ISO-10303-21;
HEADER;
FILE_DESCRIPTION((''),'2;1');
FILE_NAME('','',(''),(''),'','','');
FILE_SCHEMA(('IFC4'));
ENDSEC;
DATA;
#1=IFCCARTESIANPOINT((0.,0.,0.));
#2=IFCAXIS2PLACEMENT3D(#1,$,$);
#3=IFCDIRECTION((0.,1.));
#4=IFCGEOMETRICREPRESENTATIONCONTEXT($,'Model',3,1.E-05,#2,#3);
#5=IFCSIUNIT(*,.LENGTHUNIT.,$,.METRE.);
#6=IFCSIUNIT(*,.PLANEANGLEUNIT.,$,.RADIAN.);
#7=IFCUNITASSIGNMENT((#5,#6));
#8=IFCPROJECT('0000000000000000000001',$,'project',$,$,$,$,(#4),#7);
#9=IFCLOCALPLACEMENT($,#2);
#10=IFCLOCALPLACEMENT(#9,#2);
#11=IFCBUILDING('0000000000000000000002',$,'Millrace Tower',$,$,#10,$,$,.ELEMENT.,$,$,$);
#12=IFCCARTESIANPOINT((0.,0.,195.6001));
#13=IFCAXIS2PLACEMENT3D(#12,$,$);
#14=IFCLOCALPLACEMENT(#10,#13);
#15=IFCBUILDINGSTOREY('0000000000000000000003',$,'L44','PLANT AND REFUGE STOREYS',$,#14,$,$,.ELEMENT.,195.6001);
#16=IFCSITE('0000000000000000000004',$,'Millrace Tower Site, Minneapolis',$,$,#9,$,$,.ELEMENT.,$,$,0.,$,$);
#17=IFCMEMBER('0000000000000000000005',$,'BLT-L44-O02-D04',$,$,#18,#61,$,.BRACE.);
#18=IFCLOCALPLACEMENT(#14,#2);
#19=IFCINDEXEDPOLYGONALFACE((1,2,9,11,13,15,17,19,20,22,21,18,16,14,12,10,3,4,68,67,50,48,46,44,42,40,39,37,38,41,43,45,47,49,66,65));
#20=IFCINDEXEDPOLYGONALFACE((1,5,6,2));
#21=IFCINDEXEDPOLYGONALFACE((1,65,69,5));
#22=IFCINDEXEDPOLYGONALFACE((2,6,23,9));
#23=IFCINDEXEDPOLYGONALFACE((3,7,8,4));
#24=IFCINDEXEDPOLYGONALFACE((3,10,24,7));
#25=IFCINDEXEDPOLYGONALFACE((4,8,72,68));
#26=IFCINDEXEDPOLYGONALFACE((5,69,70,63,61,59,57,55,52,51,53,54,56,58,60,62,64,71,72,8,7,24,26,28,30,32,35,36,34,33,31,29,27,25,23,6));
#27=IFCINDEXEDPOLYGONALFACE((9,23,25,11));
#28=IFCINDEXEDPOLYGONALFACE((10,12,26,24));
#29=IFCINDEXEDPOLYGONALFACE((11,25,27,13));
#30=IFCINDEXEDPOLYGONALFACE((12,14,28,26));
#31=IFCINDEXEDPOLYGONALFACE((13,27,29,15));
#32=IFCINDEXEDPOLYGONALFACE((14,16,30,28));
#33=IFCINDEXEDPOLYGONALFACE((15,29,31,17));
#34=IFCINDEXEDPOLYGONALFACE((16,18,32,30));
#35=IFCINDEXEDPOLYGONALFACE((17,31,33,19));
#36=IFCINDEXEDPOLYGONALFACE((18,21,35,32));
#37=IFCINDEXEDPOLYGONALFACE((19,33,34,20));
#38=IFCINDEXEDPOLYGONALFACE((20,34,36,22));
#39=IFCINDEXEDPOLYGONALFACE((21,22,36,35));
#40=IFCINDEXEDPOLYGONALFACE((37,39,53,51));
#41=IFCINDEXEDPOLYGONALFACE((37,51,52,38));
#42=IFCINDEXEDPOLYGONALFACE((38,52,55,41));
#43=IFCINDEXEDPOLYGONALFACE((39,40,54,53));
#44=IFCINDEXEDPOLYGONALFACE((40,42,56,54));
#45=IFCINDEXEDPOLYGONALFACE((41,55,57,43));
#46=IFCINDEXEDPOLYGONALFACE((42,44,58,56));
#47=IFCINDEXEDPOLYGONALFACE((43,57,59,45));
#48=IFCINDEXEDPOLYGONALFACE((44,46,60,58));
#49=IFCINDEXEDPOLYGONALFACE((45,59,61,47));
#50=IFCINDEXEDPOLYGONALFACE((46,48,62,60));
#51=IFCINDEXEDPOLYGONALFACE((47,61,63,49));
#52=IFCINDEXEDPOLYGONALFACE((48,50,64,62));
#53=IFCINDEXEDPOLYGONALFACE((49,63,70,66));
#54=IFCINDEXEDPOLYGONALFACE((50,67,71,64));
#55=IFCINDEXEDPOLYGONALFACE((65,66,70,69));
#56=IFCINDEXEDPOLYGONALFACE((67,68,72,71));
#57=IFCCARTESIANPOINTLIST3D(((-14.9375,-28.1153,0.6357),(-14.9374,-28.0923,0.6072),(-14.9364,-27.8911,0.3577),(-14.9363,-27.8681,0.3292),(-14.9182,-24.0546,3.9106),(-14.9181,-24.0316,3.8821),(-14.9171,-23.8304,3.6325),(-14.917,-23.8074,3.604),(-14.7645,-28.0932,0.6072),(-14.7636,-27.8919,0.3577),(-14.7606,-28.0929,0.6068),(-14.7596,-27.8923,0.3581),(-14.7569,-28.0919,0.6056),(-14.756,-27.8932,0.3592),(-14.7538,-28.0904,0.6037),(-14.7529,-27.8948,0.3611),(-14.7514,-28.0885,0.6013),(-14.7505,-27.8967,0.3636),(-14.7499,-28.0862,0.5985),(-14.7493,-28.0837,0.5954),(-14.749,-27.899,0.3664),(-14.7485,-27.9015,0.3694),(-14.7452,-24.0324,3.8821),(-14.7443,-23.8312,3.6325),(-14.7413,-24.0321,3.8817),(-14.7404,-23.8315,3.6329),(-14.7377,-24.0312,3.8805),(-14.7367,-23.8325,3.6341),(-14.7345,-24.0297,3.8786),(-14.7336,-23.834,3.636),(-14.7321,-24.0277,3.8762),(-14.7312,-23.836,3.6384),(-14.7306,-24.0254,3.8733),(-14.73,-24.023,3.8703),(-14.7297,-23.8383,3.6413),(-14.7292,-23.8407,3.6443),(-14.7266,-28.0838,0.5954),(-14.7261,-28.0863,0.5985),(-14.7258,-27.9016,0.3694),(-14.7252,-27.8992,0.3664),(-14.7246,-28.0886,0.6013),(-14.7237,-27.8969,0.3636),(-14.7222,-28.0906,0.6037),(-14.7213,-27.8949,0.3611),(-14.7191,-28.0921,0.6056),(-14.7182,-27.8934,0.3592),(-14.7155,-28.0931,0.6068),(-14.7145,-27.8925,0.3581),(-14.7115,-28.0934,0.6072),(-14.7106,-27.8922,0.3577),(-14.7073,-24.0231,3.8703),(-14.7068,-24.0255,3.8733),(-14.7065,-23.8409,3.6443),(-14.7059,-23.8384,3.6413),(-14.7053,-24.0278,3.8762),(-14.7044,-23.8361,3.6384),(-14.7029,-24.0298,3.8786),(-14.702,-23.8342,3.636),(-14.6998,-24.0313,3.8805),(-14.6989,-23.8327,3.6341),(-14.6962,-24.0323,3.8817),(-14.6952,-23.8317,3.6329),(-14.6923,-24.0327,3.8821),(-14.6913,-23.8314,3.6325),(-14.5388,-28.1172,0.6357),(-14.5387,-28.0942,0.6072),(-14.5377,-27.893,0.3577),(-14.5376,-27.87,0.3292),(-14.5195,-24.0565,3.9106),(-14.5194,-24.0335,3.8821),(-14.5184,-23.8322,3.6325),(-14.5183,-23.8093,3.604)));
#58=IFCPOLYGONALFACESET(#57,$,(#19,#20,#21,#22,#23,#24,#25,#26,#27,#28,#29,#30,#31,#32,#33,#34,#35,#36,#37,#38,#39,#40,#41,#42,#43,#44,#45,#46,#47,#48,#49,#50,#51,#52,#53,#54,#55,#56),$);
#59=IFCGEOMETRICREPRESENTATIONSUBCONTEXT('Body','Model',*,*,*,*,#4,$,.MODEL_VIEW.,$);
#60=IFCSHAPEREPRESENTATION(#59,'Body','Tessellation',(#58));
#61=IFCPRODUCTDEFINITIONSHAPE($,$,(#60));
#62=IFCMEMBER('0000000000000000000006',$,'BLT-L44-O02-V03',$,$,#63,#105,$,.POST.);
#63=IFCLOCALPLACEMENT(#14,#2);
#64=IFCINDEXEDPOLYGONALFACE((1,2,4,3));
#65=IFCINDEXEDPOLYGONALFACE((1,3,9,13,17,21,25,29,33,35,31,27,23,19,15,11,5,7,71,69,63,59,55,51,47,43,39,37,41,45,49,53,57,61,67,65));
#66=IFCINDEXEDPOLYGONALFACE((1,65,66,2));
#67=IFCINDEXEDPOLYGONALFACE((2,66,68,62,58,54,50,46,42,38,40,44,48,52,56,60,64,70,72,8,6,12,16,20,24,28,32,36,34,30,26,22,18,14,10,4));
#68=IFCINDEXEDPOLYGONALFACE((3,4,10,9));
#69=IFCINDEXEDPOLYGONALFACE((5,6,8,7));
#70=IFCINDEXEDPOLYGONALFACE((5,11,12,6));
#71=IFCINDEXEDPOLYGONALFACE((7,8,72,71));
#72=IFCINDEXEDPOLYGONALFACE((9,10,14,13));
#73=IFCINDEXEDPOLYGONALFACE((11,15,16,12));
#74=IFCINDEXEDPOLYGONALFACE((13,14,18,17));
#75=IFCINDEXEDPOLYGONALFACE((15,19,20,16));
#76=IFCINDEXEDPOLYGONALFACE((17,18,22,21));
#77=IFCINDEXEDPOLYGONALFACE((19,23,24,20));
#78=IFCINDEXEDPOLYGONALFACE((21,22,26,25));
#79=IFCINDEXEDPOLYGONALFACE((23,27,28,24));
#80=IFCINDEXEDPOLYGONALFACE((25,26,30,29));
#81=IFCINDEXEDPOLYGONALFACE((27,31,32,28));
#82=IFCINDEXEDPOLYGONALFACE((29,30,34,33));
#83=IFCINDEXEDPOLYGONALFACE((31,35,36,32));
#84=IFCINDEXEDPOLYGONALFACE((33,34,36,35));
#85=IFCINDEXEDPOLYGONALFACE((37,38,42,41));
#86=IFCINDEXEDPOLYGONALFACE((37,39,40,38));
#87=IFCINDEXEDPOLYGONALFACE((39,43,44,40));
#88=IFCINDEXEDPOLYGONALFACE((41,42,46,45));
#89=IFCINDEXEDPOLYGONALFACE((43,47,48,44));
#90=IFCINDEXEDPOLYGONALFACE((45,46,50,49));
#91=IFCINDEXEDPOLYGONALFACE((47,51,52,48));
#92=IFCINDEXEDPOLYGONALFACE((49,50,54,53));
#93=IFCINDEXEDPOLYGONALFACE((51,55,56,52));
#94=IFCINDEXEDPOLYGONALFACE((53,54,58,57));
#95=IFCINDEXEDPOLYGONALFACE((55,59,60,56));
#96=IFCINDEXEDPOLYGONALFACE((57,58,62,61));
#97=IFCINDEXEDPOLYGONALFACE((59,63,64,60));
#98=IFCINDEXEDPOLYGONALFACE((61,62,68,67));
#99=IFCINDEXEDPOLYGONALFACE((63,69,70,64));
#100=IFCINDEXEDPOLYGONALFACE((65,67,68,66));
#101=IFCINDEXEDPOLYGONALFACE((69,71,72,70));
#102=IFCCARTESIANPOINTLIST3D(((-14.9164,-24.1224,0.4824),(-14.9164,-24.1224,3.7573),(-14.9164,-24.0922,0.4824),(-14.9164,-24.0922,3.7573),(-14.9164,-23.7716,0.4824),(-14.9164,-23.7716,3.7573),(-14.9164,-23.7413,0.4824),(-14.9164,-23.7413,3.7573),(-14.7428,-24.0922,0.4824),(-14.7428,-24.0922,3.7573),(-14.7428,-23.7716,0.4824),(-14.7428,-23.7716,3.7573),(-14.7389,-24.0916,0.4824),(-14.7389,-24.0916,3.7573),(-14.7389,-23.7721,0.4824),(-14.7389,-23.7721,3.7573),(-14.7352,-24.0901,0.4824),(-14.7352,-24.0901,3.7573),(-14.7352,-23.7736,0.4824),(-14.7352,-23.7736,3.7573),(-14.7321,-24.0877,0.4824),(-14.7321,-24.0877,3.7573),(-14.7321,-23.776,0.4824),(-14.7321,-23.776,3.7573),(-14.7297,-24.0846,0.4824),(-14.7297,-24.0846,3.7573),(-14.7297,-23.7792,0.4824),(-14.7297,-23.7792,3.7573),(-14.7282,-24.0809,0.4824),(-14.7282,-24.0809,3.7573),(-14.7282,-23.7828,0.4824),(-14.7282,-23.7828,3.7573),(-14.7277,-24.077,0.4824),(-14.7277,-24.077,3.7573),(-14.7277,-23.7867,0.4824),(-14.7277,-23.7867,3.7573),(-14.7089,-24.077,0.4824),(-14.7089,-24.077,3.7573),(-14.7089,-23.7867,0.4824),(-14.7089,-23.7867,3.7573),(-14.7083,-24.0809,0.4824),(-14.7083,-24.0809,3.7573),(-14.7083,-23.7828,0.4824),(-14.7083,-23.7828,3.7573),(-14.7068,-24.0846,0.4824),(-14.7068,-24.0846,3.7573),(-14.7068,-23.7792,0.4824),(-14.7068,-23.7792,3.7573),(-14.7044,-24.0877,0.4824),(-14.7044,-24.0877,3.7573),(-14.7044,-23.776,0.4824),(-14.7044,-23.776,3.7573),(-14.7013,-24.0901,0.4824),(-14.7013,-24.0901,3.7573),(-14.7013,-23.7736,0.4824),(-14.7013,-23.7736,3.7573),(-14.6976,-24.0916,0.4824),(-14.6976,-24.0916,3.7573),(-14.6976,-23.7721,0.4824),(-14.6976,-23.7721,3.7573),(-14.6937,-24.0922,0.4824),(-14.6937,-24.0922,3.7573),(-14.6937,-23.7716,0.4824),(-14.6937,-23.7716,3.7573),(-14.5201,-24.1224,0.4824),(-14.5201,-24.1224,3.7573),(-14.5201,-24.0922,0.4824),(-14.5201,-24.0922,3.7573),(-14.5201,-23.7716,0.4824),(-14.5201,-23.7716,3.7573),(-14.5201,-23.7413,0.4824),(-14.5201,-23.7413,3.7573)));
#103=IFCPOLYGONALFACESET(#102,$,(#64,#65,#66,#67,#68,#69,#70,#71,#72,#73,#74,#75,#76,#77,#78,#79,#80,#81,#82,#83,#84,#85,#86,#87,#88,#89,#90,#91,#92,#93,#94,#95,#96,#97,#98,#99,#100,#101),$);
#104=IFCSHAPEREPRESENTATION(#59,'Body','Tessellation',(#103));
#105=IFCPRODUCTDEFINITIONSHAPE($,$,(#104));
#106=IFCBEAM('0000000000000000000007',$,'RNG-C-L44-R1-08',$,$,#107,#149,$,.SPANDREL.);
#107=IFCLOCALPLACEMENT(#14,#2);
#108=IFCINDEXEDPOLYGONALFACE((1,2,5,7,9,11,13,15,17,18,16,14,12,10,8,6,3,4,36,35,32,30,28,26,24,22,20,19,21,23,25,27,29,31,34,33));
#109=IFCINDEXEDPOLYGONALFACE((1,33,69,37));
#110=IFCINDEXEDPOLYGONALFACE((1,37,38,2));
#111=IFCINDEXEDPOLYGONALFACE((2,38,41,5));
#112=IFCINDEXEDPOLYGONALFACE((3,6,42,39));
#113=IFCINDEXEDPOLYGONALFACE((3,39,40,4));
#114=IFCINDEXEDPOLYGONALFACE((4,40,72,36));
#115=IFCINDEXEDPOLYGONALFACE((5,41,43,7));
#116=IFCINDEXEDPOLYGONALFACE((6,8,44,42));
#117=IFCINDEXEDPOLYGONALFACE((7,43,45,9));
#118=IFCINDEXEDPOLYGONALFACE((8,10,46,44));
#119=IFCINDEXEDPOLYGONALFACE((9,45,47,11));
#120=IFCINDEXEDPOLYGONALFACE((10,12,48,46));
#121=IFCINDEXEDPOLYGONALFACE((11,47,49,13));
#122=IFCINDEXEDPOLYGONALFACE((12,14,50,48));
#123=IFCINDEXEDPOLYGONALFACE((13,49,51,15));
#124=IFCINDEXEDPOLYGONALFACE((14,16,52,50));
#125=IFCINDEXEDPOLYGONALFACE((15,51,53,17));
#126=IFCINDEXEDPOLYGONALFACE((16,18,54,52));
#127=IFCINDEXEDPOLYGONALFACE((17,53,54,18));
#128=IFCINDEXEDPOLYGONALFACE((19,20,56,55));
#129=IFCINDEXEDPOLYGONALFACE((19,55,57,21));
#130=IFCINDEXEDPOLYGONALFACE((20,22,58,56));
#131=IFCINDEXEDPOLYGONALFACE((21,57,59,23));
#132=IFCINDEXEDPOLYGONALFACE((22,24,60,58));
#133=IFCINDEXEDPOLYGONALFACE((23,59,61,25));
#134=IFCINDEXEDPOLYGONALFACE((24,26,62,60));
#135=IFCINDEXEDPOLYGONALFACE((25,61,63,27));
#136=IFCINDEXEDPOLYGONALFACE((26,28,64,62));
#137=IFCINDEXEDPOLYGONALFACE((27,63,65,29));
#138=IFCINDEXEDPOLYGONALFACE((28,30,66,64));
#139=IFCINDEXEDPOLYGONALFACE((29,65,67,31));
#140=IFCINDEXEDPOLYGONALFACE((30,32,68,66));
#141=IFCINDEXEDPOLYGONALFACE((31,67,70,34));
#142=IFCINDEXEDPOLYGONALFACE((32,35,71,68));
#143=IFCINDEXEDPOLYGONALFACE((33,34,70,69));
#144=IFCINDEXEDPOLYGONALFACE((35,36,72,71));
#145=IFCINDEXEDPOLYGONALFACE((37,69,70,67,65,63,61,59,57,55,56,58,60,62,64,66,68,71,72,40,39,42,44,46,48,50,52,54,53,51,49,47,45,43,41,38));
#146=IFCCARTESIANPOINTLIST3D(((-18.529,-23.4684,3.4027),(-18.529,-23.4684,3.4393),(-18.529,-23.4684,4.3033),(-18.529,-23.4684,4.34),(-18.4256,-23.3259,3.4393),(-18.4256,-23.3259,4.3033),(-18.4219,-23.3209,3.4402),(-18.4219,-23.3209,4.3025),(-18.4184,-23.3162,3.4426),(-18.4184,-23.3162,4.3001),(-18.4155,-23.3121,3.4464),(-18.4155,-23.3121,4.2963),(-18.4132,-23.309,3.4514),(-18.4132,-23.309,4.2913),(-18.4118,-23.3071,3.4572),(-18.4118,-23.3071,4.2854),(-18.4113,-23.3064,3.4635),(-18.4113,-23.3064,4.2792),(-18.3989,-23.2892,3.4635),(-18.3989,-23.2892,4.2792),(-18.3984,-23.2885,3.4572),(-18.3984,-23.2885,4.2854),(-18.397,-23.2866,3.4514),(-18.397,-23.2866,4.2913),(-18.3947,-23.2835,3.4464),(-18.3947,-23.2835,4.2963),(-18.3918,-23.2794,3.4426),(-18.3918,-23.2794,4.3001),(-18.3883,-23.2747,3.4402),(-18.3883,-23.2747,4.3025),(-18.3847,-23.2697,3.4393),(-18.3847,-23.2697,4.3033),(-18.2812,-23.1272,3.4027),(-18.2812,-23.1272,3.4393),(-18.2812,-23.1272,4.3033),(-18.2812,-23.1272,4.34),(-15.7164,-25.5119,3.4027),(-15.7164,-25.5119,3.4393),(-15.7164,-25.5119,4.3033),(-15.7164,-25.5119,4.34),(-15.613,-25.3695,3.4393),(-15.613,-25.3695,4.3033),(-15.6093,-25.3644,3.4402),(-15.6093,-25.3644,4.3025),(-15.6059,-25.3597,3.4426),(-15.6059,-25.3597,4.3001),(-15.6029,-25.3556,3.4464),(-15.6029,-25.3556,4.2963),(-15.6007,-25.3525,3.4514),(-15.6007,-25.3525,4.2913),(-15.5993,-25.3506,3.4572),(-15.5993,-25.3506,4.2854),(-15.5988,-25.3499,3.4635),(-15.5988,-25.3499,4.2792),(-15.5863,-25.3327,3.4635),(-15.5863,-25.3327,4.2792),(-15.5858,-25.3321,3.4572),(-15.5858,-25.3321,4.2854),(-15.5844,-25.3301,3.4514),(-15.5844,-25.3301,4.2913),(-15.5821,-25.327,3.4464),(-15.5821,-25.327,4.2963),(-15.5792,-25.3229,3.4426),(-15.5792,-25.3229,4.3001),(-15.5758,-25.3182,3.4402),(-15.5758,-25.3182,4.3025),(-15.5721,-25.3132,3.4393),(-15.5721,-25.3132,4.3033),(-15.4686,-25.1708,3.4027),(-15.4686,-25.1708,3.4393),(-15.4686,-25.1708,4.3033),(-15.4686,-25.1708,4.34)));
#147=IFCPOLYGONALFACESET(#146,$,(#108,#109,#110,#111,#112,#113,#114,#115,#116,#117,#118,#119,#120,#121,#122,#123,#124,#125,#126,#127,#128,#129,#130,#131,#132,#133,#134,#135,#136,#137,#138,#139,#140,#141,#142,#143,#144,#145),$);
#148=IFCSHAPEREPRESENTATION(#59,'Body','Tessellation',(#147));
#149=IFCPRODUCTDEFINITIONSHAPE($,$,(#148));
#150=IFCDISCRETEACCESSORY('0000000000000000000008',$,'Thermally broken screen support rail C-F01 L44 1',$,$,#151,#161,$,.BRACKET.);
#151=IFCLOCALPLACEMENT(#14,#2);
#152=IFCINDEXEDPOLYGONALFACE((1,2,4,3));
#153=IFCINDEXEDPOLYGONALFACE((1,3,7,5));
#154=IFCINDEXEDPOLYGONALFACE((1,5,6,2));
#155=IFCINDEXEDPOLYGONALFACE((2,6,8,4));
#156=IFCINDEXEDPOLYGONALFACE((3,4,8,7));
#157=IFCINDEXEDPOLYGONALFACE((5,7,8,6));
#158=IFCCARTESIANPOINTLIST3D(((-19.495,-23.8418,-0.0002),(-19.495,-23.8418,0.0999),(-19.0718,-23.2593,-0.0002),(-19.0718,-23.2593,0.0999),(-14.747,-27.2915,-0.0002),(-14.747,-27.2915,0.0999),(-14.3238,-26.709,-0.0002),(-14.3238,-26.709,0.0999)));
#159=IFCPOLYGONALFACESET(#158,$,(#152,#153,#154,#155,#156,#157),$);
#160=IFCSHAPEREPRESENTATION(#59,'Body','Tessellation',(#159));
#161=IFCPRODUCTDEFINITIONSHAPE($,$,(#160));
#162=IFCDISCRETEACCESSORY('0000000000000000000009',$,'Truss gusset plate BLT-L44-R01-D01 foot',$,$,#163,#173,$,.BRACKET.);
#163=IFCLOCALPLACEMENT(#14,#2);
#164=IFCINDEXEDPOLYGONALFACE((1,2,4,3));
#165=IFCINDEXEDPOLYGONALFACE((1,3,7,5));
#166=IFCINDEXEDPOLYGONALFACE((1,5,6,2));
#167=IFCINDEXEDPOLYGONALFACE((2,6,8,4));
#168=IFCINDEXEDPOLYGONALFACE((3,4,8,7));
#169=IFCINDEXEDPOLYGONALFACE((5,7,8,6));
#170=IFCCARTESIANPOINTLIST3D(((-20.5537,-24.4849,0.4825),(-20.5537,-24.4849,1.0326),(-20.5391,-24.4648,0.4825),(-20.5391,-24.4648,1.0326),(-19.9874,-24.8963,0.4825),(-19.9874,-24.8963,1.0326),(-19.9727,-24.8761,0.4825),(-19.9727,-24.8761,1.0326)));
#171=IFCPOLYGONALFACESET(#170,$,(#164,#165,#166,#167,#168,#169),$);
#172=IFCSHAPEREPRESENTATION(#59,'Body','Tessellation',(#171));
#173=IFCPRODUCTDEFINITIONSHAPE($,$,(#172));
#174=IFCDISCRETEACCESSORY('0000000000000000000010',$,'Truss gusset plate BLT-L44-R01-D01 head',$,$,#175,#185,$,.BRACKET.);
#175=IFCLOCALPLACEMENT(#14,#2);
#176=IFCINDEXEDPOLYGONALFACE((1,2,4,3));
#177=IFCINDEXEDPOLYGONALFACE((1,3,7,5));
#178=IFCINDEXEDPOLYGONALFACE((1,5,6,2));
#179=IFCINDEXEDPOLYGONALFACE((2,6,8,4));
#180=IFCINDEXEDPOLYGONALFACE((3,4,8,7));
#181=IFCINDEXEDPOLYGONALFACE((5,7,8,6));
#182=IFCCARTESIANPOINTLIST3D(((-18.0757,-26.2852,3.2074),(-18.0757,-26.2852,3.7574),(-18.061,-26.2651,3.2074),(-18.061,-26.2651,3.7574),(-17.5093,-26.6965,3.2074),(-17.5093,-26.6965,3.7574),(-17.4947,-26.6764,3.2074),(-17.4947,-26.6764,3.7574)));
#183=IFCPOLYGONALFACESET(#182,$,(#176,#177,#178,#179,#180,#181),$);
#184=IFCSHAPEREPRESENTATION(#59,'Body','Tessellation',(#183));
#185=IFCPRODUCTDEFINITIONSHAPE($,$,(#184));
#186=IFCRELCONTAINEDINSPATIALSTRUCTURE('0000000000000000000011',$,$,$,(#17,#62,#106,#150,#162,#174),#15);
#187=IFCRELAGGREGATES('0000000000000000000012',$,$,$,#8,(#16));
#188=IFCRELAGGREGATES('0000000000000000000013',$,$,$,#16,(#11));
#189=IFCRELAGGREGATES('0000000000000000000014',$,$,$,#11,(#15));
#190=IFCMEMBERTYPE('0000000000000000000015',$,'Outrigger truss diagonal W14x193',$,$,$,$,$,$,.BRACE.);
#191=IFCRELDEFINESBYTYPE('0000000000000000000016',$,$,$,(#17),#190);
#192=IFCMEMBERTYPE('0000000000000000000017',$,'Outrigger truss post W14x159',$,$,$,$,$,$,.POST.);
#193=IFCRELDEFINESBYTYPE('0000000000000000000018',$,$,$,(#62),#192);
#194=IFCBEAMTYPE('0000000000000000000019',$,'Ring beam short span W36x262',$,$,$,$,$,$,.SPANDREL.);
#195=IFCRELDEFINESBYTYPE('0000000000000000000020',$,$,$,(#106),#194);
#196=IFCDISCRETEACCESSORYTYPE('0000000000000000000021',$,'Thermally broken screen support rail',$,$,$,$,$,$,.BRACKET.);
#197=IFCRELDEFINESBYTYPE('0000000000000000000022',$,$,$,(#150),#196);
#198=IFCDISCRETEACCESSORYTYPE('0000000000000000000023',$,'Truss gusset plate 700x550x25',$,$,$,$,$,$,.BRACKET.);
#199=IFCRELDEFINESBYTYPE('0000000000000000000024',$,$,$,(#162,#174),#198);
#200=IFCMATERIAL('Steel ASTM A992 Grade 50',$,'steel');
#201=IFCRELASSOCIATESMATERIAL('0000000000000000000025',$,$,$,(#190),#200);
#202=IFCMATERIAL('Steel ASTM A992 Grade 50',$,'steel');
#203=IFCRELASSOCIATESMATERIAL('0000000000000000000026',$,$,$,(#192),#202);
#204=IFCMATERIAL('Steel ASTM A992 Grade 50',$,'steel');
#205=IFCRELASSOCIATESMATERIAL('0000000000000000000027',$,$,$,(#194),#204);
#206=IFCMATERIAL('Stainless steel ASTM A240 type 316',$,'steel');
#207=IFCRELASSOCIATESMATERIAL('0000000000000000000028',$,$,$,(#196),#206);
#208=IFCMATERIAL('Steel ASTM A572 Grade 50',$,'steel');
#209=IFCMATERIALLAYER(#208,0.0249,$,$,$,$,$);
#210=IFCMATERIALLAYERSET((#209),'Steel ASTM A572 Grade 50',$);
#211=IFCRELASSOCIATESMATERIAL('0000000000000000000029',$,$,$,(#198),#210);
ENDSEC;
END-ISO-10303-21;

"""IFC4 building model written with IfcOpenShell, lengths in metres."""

from ifc_helpers import new_model, si_unit, direction, frame, origin, origin_2d, place, context, subcontext, project, spatial, rectangle, i_section, extrude, material, layer, layer_set, material_profile, profile_set, type_object, element, save


model = new_model("IFC4")

# Units and contexts
model_context = context("Model", 3, precision=1e-05, world=origin(), true_north=direction((0.0, 1.0)))
body_context = subcontext(model_context, "Body", "Model", "MODEL_VIEW")
ifc_project = project(units=[si_unit("LENGTHUNIT", "METRE"), si_unit("PLANEANGLEUNIT", "RADIAN")], contexts=[model_context])

# Site, building, storey
site_placement = place(None, origin())
site = spatial("IfcSite", under=ifc_project, at=site_placement, Name="Millrace Tower Site, Minneapolis", CompositionType="ELEMENT", RefElevation=0.0)
building_placement = place(site_placement, origin())
building = spatial("IfcBuilding", under=site, at=building_placement, Name="Millrace Tower", CompositionType="ELEMENT")
storey_placement = place(building_placement, frame((0.0, 0.0, 195.6001)))
storey = spatial("IfcBuildingStorey", under=building, at=storey_placement, Name="L44", Description="PLANT AND REFUGE STOREYS", CompositionType="ELEMENT", Elevation=195.6001)

# Members
ifc_material_1 = material(Name="Steel ASTM A992 Grade 50", Category="steel")
ifc_material_profile_1 = material_profile(ifc_material_1, i_section(OverallWidth=0.3987, OverallDepth=0.3938, WebThickness=0.0227, FlangeThickness=0.0366, FilletRadius=0.0151, at=origin_2d()))
ifc_profile_set_1 = profile_set([ifc_material_profile_1], Name="Steel ASTM A992 Grade 50")
member_type_1 = type_object("IfcMemberType", Name="Outrigger truss diagonal W14x193", PredefinedType="BRACE", material=ifc_profile_set_1)
member_1_placement = place(storey_placement, frame((-14.7375, -27.9927, 0.4824), z_axis=(0.003697, 0.778401, 0.627756), x_axis=(-0.999989, 0.00475, 0.0)))
element("IfcMember", 1, at=member_1_placement, inside=storey, type_object=member_type_1, Name="BLT-L44-O02-D04", PredefinedType="BRACE", context=body_context, shape_type="SweptSolid", body=[
    extrude(i_section(OverallWidth=0.3987, OverallDepth=0.3938, WebThickness=0.0227, FlangeThickness=0.0366, FilletRadius=0.0151, at=origin_2d()), origin(), (0.0, 0.0, 1.0), 5.2168),
])
ifc_material_2 = material(Name="Steel ASTM A992 Grade 50", Category="steel")
ifc_material_profile_2 = material_profile(ifc_material_2, i_section(OverallWidth=0.3962, OverallDepth=0.3811, WebThickness=0.0188, FlangeThickness=0.0303, FilletRadius=0.0151, at=origin_2d()))
ifc_profile_set_2 = profile_set([ifc_material_profile_2], Name="Steel ASTM A992 Grade 50")
member_type_2 = type_object("IfcMemberType", Name="Outrigger truss post W14x159", PredefinedType="POST", material=ifc_profile_set_2)
member_2_placement = place(storey_placement, frame((-14.7183, -23.9319, 0.4824), z_axis=(0.0, 0.0, 1.0), x_axis=(1.0, 0.0, 0.0)))
element("IfcMember", 2, at=member_2_placement, inside=storey, type_object=member_type_2, Name="BLT-L44-O02-V03", PredefinedType="POST", context=body_context, shape_type="SweptSolid", body=[
    extrude(i_section(OverallWidth=0.3962, OverallDepth=0.3811, WebThickness=0.0188, FlangeThickness=0.0303, FilletRadius=0.0151, at=origin_2d()), origin(), (0.0, 0.0, 1.0), 3.2749),
])

# Beam
ifc_material_3 = material(Name="Steel ASTM A992 Grade 50", Category="steel")
ifc_material_profile_3 = material_profile(ifc_material_3, i_section(OverallWidth=0.4216, OverallDepth=0.9373, WebThickness=0.0212, FlangeThickness=0.0366, FilletRadius=0.0242, at=origin_2d()))
ifc_profile_set_3 = profile_set([ifc_material_profile_3], Name="Steel ASTM A992 Grade 50")
beam_type_1 = type_object("IfcBeamType", Name="Ring beam short span W36x262", PredefinedType="SPANDREL", material=ifc_profile_set_3)
beam_1_placement = place(storey_placement, frame((-15.5925, -25.3413, 3.8713), z_axis=(-0.809009, 0.587796, 0.0), x_axis=(-0.587796, -0.809009, 0.0)))
element("IfcBeam", 3, at=beam_1_placement, inside=storey, type_object=beam_type_1, Name="RNG-C-L44-R1-08", PredefinedType="SPANDREL", context=body_context, shape_type="SweptSolid", body=[
    extrude(i_section(OverallWidth=0.4216, OverallDepth=0.9373, WebThickness=0.0212, FlangeThickness=0.0366, FilletRadius=0.0242, at=origin_2d()), origin(), (0.0, 0.0, 1.0), 3.4766),
])

# Discrete accessories
ifc_material_4 = material(Name="Stainless steel ASTM A240 type 316", Category="steel")
discrete_accessory_type_1 = type_object("IfcDiscreteAccessoryType", Name="Thermally broken screen support rail", PredefinedType="BRACKET", material=ifc_material_4)
discrete_accessory_1_placement = place(storey_placement, frame((-16.9094, -25.2754, -0.0002), z_axis=(0.0, 0.0, 1.0), x_axis=(0.809017, -0.587785, 0.0)))
element("IfcDiscreteAccessory", 4, at=discrete_accessory_1_placement, inside=storey, type_object=discrete_accessory_type_1, Name="Thermally broken screen support rail C-F01 L44 1", PredefinedType="BRACKET", context=body_context, shape_type="SweptSolid", body=[
    extrude(rectangle(XDim=5.8689, YDim=0.72, at=origin_2d()), origin(), (0.0, 0.0, 1.0), 0.1001),
])
ifc_material_5 = material(Name="Steel ASTM A572 Grade 50", Category="steel")
ifc_layer_1 = layer(ifc_material_5, 0.0249)
ifc_layer_set_1 = layer_set([ifc_layer_1], Name="Steel ASTM A572 Grade 50")
discrete_accessory_type_2 = type_object("IfcDiscreteAccessoryType", Name="Truss gusset plate 700x550x25", PredefinedType="BRACKET", material=ifc_layer_set_1)
for number, where, z_axis, x_axis, name in (
    (5, (-20.5464, -24.4749, 0.7576), (0.809113, -0.587653, 0.0), (0.587653, 0.809113, 0.0), "Truss gusset plate BLT-L44-R01-D01 foot"),
    (6, (-18.0684, -26.2751, 3.4824), (0.809113, -0.587653, 0.0), (0.587653, 0.809113, 0.0), "Truss gusset plate BLT-L44-R01-D01 head"),
):
    element("IfcDiscreteAccessory", number, at=place(storey_placement, frame(where, z_axis=z_axis, x_axis=x_axis)), inside=storey, type_object=discrete_accessory_type_2, Name=name, PredefinedType="BRACKET", context=body_context, shape_type="SweptSolid", body=[
        extrude(rectangle(XDim=0.0249, YDim=0.55, at=origin_2d()), origin(), (0.0, 0.0, 1.0), 0.7),
    ])

save(model, "model.ifc")
